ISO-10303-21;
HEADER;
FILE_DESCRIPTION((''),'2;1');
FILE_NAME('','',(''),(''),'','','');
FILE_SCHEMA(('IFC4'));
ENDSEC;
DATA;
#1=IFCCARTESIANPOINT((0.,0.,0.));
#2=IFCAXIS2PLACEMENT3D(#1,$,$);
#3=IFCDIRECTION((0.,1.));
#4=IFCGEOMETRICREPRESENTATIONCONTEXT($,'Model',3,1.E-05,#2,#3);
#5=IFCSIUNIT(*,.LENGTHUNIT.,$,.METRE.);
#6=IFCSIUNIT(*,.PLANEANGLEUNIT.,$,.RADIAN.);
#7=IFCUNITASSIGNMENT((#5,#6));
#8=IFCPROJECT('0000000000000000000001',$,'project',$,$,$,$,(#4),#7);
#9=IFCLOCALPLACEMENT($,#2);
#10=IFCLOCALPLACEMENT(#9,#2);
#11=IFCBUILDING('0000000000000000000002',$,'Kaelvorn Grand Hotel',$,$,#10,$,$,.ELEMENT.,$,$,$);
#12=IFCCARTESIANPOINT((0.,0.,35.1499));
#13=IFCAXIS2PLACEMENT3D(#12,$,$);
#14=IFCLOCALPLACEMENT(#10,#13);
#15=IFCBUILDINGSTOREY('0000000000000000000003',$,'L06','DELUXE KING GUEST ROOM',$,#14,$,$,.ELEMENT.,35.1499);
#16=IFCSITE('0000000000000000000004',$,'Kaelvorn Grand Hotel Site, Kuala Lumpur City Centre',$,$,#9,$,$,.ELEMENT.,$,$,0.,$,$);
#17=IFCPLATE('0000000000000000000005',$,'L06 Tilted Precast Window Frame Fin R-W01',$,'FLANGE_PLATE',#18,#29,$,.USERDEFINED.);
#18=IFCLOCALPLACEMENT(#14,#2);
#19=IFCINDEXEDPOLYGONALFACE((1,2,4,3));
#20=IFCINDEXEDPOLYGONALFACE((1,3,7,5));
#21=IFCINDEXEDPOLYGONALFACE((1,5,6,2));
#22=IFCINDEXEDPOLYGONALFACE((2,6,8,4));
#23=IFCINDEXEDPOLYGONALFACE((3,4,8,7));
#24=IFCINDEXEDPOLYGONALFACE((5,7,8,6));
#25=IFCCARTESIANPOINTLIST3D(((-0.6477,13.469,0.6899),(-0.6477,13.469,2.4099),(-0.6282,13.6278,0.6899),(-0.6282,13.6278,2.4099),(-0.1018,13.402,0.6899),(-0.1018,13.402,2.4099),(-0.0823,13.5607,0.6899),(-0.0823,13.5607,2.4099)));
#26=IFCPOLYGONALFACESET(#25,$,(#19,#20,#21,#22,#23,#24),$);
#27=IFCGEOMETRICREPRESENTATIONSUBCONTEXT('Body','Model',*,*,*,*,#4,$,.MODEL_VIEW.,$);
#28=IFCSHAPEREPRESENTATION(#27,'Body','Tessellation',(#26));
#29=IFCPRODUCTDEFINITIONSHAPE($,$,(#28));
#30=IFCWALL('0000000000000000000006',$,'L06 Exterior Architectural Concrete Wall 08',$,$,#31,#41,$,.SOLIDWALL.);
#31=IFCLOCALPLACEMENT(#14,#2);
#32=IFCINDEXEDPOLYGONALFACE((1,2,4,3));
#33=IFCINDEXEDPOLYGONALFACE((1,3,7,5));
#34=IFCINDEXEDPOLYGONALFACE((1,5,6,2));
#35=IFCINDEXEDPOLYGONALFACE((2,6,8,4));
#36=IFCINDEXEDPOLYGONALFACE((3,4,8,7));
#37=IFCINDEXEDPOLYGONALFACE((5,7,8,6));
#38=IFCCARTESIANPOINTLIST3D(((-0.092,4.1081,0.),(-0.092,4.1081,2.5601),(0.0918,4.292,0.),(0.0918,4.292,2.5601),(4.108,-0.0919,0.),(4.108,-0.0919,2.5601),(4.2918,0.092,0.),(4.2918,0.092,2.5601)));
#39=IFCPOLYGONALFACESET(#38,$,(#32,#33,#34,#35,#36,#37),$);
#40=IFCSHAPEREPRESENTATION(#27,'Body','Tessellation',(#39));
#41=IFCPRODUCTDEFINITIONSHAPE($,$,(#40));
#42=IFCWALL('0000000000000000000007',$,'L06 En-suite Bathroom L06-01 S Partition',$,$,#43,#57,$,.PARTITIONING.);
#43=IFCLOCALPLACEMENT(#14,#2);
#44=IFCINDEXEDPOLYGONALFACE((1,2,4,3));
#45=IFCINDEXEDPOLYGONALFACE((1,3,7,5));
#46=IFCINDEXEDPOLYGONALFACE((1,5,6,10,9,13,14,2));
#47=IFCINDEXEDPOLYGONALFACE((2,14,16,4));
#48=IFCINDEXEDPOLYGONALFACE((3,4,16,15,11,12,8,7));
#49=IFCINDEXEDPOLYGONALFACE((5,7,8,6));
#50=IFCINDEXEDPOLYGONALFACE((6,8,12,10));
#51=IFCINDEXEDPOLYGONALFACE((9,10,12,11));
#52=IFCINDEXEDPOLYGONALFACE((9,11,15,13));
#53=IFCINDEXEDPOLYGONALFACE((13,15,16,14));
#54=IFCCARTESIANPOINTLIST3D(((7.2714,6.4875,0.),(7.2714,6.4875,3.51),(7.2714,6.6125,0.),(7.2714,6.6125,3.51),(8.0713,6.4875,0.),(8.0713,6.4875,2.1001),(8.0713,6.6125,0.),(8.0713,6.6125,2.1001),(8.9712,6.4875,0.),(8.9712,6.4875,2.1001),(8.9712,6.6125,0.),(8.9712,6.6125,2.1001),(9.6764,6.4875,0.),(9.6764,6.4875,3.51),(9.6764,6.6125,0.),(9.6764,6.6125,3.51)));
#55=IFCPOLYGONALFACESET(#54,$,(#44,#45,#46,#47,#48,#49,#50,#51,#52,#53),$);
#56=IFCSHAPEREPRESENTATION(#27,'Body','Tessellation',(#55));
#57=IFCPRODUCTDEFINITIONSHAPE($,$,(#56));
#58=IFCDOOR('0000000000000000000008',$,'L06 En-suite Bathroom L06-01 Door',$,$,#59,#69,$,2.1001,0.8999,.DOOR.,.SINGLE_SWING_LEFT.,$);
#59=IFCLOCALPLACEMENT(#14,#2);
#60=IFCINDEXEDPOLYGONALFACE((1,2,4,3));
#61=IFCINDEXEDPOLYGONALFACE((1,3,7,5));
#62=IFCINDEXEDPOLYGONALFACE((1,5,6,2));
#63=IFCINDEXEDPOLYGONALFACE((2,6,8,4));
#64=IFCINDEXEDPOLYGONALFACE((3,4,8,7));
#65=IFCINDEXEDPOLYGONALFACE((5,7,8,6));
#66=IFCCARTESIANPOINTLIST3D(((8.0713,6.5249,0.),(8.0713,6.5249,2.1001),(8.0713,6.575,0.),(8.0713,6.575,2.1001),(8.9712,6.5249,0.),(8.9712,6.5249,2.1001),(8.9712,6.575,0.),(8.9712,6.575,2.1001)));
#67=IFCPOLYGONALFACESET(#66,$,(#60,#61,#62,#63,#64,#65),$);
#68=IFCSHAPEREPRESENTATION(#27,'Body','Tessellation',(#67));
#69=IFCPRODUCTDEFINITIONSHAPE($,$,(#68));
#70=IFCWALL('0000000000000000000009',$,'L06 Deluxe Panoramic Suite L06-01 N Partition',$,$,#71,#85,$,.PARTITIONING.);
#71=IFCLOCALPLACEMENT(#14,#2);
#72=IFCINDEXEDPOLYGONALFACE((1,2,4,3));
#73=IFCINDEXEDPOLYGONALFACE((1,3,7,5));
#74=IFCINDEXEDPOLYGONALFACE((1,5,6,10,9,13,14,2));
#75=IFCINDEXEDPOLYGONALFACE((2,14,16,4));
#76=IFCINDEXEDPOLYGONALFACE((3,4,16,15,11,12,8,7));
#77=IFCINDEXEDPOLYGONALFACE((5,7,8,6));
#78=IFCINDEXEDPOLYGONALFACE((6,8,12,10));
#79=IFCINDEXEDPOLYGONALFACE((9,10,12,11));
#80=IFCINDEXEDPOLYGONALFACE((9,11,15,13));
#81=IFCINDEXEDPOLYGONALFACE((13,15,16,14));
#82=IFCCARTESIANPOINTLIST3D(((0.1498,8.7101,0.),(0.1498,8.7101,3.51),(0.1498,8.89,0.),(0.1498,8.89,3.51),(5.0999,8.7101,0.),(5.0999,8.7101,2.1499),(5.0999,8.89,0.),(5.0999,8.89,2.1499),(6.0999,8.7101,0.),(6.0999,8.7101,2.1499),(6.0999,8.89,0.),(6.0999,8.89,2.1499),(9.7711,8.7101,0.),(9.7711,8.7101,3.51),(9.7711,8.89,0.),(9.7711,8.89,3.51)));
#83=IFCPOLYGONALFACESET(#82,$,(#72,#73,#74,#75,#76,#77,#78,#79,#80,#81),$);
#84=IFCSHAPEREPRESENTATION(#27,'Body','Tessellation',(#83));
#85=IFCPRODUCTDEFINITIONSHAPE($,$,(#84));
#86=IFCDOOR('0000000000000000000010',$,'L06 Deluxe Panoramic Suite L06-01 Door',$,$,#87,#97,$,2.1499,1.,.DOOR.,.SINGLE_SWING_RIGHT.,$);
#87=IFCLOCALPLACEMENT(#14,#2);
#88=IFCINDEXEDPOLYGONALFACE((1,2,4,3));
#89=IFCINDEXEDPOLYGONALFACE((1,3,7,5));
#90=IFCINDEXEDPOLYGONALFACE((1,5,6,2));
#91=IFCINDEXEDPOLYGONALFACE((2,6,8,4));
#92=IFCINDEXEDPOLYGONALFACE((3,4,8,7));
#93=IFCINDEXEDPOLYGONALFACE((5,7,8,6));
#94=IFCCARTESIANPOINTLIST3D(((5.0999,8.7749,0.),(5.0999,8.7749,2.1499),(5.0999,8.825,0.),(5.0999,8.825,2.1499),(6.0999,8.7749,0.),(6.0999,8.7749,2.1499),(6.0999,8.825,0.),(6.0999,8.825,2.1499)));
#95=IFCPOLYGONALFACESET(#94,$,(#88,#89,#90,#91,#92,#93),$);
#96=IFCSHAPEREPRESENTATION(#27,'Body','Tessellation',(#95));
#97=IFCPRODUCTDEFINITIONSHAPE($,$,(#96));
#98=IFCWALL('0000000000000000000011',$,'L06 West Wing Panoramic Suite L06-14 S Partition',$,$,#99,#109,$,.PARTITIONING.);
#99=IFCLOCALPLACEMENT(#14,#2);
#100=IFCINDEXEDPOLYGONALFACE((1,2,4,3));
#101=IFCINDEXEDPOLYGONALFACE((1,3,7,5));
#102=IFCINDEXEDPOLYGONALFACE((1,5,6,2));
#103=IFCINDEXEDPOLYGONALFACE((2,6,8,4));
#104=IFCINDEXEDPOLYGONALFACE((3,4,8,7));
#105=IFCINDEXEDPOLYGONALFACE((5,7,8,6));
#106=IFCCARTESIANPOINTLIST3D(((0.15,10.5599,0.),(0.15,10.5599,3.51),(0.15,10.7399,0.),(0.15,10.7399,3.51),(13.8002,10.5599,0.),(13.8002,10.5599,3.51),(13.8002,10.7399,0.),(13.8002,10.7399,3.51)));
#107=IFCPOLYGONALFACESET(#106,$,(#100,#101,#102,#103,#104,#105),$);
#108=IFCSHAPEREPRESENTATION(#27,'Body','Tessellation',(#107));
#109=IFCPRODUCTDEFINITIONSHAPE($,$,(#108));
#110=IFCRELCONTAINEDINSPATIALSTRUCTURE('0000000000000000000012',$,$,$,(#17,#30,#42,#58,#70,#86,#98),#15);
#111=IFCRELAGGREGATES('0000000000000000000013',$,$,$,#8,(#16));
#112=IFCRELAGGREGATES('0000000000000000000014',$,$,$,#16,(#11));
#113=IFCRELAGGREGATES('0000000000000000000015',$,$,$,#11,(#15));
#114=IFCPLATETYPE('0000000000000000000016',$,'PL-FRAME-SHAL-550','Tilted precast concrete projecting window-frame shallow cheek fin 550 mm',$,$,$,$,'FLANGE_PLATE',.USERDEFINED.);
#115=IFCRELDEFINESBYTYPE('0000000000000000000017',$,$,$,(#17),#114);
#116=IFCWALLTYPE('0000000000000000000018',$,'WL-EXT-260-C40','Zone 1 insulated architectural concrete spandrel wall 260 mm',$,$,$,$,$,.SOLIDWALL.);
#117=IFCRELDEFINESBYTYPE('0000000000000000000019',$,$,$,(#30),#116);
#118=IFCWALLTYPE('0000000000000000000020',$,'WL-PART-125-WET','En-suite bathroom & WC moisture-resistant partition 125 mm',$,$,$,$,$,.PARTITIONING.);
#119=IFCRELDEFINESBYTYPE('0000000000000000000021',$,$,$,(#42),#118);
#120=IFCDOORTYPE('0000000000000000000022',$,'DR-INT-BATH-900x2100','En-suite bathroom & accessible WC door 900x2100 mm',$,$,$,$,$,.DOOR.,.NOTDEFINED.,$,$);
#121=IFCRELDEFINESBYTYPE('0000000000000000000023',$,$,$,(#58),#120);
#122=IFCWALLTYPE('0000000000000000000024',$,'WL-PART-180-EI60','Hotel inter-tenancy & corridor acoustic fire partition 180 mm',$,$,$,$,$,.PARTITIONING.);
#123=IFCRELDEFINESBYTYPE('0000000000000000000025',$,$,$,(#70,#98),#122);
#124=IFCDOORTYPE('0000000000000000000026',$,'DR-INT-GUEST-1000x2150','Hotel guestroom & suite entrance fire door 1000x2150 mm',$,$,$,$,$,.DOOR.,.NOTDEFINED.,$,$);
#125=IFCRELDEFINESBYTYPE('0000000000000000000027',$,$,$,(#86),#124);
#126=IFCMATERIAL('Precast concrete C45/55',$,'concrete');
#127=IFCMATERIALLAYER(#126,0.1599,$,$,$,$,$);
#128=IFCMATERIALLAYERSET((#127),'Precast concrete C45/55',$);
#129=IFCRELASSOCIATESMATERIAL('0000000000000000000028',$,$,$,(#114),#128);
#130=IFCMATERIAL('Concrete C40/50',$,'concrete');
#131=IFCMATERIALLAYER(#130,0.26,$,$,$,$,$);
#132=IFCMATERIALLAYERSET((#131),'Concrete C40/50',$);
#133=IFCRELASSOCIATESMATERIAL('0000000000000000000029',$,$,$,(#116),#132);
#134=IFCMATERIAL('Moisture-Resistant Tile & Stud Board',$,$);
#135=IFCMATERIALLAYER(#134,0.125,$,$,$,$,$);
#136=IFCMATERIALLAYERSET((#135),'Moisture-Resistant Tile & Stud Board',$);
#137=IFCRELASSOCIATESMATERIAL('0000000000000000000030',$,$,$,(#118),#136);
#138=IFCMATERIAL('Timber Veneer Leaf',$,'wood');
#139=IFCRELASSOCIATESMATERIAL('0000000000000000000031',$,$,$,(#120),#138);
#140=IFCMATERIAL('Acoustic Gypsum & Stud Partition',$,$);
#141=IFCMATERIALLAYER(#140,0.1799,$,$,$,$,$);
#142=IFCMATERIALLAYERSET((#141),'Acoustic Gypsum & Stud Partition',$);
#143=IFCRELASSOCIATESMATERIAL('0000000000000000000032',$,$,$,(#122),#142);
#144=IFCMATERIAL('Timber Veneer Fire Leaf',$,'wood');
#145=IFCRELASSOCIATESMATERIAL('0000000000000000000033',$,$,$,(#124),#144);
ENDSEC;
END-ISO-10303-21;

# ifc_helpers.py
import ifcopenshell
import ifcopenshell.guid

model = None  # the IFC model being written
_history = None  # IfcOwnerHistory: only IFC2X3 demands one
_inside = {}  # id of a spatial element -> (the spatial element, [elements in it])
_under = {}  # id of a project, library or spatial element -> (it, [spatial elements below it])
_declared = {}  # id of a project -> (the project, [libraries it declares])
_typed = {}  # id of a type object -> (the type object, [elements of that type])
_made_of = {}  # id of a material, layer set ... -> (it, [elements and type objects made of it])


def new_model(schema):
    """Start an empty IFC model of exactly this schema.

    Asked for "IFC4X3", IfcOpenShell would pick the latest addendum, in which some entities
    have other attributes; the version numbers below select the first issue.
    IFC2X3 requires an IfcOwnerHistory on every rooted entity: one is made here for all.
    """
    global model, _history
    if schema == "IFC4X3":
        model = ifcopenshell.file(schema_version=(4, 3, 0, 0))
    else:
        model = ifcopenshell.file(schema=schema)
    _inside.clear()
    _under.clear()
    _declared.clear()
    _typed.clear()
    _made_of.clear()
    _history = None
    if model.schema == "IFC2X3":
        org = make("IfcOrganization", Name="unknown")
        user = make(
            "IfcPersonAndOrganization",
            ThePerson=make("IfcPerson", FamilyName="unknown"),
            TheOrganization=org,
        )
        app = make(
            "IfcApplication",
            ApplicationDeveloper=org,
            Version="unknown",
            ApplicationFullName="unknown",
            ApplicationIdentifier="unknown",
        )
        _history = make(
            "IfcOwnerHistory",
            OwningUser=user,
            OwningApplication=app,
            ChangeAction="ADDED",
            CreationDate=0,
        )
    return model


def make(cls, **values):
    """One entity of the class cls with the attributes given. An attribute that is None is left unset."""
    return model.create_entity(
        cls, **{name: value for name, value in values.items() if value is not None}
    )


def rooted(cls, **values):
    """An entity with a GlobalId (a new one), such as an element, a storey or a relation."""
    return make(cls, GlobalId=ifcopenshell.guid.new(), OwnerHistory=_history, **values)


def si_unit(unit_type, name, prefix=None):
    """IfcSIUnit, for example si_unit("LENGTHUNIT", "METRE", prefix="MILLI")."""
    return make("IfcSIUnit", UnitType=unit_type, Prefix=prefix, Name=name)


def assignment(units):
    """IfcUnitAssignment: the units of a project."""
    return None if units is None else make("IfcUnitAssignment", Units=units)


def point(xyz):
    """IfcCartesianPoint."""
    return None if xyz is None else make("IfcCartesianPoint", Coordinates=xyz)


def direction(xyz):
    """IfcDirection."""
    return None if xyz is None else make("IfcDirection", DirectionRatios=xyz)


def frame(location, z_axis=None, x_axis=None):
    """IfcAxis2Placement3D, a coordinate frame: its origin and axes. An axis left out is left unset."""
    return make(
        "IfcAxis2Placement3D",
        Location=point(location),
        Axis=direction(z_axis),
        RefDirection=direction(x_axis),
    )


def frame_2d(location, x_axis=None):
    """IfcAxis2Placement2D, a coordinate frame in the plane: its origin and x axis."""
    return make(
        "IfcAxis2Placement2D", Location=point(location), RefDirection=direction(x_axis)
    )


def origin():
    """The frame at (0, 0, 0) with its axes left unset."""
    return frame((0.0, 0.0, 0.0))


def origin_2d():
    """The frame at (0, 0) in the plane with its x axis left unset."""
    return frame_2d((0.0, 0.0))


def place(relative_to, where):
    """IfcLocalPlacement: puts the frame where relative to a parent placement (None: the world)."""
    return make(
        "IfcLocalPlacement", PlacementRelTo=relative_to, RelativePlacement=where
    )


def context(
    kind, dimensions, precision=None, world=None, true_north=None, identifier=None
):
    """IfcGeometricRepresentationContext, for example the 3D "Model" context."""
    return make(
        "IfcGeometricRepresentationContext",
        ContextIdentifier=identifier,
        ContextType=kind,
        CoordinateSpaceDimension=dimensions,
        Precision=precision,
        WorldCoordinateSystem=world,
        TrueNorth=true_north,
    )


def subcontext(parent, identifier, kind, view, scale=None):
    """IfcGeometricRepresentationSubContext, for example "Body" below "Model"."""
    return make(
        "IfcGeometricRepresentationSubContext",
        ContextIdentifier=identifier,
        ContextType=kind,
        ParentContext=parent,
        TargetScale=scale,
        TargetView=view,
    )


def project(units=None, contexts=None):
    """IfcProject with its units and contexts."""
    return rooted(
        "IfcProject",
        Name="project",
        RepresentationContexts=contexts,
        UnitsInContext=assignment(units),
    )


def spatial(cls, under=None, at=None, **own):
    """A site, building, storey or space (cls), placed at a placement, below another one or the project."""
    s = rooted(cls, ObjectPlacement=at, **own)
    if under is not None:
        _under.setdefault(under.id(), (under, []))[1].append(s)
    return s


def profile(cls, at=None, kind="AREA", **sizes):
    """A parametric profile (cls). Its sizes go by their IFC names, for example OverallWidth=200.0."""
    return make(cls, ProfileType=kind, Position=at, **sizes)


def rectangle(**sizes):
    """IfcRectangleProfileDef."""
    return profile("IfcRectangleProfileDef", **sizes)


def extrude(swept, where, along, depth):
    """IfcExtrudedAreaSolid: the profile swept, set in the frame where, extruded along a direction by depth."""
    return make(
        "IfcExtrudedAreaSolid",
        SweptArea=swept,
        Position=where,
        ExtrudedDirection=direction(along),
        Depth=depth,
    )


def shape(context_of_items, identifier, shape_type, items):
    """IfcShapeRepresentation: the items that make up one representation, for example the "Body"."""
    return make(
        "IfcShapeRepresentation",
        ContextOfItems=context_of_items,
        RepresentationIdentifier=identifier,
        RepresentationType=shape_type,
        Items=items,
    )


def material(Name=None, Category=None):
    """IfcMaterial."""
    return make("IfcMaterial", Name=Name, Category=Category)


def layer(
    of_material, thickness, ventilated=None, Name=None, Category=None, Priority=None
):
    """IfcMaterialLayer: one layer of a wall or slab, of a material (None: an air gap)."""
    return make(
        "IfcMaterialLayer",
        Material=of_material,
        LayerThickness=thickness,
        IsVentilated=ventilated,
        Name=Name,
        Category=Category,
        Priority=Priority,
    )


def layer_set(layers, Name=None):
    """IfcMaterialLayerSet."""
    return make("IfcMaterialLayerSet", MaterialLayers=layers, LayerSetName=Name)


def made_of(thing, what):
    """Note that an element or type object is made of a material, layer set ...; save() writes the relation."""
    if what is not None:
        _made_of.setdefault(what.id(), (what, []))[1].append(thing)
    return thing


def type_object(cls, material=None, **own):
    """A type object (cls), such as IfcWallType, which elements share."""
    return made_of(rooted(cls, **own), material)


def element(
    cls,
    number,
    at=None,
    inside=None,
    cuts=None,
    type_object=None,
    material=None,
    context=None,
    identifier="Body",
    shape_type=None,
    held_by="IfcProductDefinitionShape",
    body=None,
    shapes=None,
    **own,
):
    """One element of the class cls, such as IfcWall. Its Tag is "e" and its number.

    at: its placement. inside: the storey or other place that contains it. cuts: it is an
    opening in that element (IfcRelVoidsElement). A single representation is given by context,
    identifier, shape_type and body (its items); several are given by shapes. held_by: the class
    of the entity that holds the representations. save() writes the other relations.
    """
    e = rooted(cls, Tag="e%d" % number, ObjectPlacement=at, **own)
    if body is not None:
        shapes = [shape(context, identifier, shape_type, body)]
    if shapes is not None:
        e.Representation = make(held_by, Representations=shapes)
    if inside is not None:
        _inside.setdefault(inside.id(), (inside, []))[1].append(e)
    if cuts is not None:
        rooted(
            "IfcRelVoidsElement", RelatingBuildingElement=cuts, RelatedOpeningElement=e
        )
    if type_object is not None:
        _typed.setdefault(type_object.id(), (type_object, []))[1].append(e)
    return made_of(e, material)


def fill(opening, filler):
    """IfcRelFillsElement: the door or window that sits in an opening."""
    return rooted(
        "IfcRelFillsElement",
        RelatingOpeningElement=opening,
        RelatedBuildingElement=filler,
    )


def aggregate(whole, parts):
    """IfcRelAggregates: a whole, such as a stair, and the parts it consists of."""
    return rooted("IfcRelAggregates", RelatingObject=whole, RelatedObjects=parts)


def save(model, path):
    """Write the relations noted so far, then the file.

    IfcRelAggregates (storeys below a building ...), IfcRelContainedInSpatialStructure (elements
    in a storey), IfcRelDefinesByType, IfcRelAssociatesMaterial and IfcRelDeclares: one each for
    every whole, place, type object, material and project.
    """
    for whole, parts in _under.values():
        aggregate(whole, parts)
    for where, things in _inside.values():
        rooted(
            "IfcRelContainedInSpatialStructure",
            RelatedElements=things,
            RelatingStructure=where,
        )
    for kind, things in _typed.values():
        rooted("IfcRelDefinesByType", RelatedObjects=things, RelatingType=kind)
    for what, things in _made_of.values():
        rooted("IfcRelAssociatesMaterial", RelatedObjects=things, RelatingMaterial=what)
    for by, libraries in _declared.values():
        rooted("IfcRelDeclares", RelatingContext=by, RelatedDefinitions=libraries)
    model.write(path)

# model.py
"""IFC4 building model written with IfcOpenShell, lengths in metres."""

from ifc_helpers import new_model, si_unit, direction, frame, frame_2d, origin, origin_2d, place, context, subcontext, project, spatial, rectangle, extrude, material, layer, layer_set, type_object, element, fill, save


model = new_model("IFC4")

# Units and contexts
model_context = context("Model", 3, precision=1e-05, world=origin(), true_north=direction((0.0, 1.0)))
body_context = subcontext(model_context, "Body", "Model", "MODEL_VIEW")
ifc_project = project(units=[si_unit("LENGTHUNIT", "METRE"), si_unit("PLANEANGLEUNIT", "RADIAN")], contexts=[model_context])

# Site, building, storey
site_placement = place(None, origin())
site = spatial("IfcSite", under=ifc_project, at=site_placement, Name="Kaelvorn Grand Hotel Site, Kuala Lumpur City Centre", CompositionType="ELEMENT", RefElevation=0.0)
building_placement = place(site_placement, origin())
building = spatial("IfcBuilding", under=site, at=building_placement, Name="Kaelvorn Grand Hotel", CompositionType="ELEMENT")
storey_placement = place(building_placement, frame((0.0, 0.0, 35.1499)))
storey = spatial("IfcBuildingStorey", under=building, at=storey_placement, Name="L06", Description="DELUXE KING GUEST ROOM", CompositionType="ELEMENT", Elevation=35.1499)

# Plate
ifc_material_1 = material(Name="Precast concrete C45/55", Category="concrete")
ifc_layer_1 = layer(ifc_material_1, 0.1599)
ifc_layer_set_1 = layer_set([ifc_layer_1], Name="Precast concrete C45/55")
plate_type_1 = type_object("IfcPlateType", Name="PL-FRAME-SHAL-550", Description="Tilted precast concrete projecting window-frame shallow cheek fin 550 mm", ElementType="FLANGE_PLATE", PredefinedType="USERDEFINED", material=ifc_layer_set_1)
plate_1_placement = place(storey_placement, frame((-0.365, 13.5149, 0.6899), z_axis=(0.0, 0.0, 1.0), x_axis=(0.121869, 0.992546, 0.0)))
element("IfcPlate", 1, at=plate_1_placement, inside=storey, type_object=plate_type_1, Name="L06 Tilted Precast Window Frame Fin R-W01", ObjectType="FLANGE_PLATE", PredefinedType="USERDEFINED", context=body_context, shape_type="SweptSolid", body=[
    extrude(rectangle(XDim=0.1599, YDim=0.55, at=origin_2d()), origin(), (0.0, 0.0, 1.0), 1.72),
])

# Wall
ifc_material_2 = material(Name="Concrete C40/50", Category="concrete")
ifc_layer_2 = layer(ifc_material_2, 0.26)
ifc_layer_set_2 = layer_set([ifc_layer_2], Name="Concrete C40/50")
wall_type_1 = type_object("IfcWallType", Name="WL-EXT-260-C40", Description="Zone 1 insulated architectural concrete spandrel wall 260 mm", PredefinedType="SOLIDWALL", material=ifc_layer_set_2)
wall_1_placement = place(storey_placement, frame((0.0, 4.2, 0.0), z_axis=(0.0, 0.0, 1.0), x_axis=(0.707107, -0.707107, 0.0)))
element("IfcWall", 2, at=wall_1_placement, inside=storey, type_object=wall_type_1, Name="L06 Exterior Architectural Concrete Wall 08", PredefinedType="SOLIDWALL", context=body_context, shape_type="SweptSolid", body=[
    extrude(rectangle(XDim=5.9397, YDim=0.26, at=frame_2d((2.9697, 0.0))), origin(), (0.0, 0.0, 1.0), 2.5601),
])

# Walls, openings, doors
ifc_material_3 = material(Name="Moisture-Resistant Tile & Stud Board")
ifc_layer_3 = layer(ifc_material_3, 0.125)
ifc_layer_set_3 = layer_set([ifc_layer_3], Name="Moisture-Resistant Tile & Stud Board")
wall_type_2 = type_object("IfcWallType", Name="WL-PART-125-WET", Description="En-suite bathroom & WC moisture-resistant partition 125 mm", PredefinedType="PARTITIONING", material=ifc_layer_set_3)
wall_2_placement = place(storey_placement, frame((7.2712, 6.55, 0.0), z_axis=(0.0, 0.0, 1.0), x_axis=(1.0, 0.0, 0.0)))
wall_2 = element("IfcWall", 3, at=wall_2_placement, inside=storey, type_object=wall_type_2, Name="L06 En-suite Bathroom L06-01 S Partition", PredefinedType="PARTITIONING", context=body_context, shape_type="SweptSolid", body=[
    extrude(rectangle(XDim=2.405, YDim=0.125, at=frame_2d((1.2026, 0.0))), origin(), (0.0, 0.0, 1.0), 3.51),
])
opening_1_placement = place(wall_2_placement, frame((0.8, 0.0, 0.0)))
opening_1 = element("IfcOpeningElement", 4, at=opening_1_placement, cuts=wall_2, PredefinedType="OPENING", context=body_context, shape_type="SweptSolid", body=[
    extrude(rectangle(XDim=0.8999, YDim=2.1001, at=frame_2d((0.45, 1.05))), frame((0.0, 0.0725, 0.0), z_axis=(0.0, -1.0, 0.0), x_axis=(1.0, 0.0, 0.0)), (0.0, 0.0, 1.0), 0.145),
])
ifc_material_4 = material(Name="Timber Veneer Leaf", Category="wood")
door_type_1 = type_object("IfcDoorType", Name="DR-INT-BATH-900x2100", Description="En-suite bathroom & accessible WC door 900x2100 mm", OperationType="NOTDEFINED", PredefinedType="DOOR", material=ifc_material_4)
door_1_placement = place(opening_1_placement, origin())
door_1 = element("IfcDoor", 5, at=door_1_placement, inside=storey, type_object=door_type_1, Name="L06 En-suite Bathroom L06-01 Door", OperationType="SINGLE_SWING_LEFT", OverallHeight=2.1001, OverallWidth=0.8999, PredefinedType="DOOR", context=body_context, shape_type="SweptSolid", body=[
    extrude(rectangle(XDim=0.8999, YDim=2.1001, at=frame_2d((0.45, 1.05))), frame((0.0, 0.0249, 0.0), z_axis=(0.0, -1.0, 0.0), x_axis=(1.0, 0.0, 0.0)), (0.0, 0.0, 1.0), 0.05),
])
fill(opening_1, door_1)
ifc_material_5 = material(Name="Acoustic Gypsum & Stud Partition")
ifc_layer_4 = layer(ifc_material_5, 0.1799)
ifc_layer_set_4 = layer_set([ifc_layer_4], Name="Acoustic Gypsum & Stud Partition")
wall_type_3 = type_object("IfcWallType", Name="WL-PART-180-EI60", Description="Hotel inter-tenancy & corridor acoustic fire partition 180 mm", PredefinedType="PARTITIONING", material=ifc_layer_set_4)
wall_3_placement = place(storey_placement, frame((0.1499, 8.8, 0.0), z_axis=(0.0, 0.0, 1.0), x_axis=(1.0, 0.0, 0.0)))
wall_3 = element("IfcWall", 6, at=wall_3_placement, inside=storey, type_object=wall_type_3, Name="L06 Deluxe Panoramic Suite L06-01 N Partition", PredefinedType="PARTITIONING", context=body_context, shape_type="SweptSolid", body=[
    extrude(rectangle(XDim=9.6213, YDim=0.1799, at=frame_2d((4.8105, 0.0))), origin(), (0.0, 0.0, 1.0), 3.51),
])
opening_2_placement = place(wall_3_placement, frame((4.95, 0.0, 0.0)))
opening_2 = element("IfcOpeningElement", 7, at=opening_2_placement, cuts=wall_3, PredefinedType="OPENING", context=body_context, shape_type="SweptSolid", body=[
    extrude(rectangle(XDim=1.0, YDim=2.1499, at=frame_2d((0.5, 1.075))), frame((0.0, 0.1001, 0.0), z_axis=(0.0, -1.0, 0.0), x_axis=(1.0, 0.0, 0.0)), (0.0, 0.0, 1.0), 0.2),
])
ifc_material_6 = material(Name="Timber Veneer Fire Leaf", Category="wood")
door_type_2 = type_object("IfcDoorType", Name="DR-INT-GUEST-1000x2150", Description="Hotel guestroom & suite entrance fire door 1000x2150 mm", OperationType="NOTDEFINED", PredefinedType="DOOR", material=ifc_material_6)
door_2_placement = place(opening_2_placement, origin())
door_2 = element("IfcDoor", 8, at=door_2_placement, inside=storey, type_object=door_type_2, Name="L06 Deluxe Panoramic Suite L06-01 Door", OperationType="SINGLE_SWING_RIGHT", OverallHeight=2.1499, OverallWidth=1.0, PredefinedType="DOOR", context=body_context, shape_type="SweptSolid", body=[
    extrude(rectangle(XDim=1.0, YDim=2.1499, at=frame_2d((0.5, 1.075))), frame((0.0, 0.0249, 0.0), z_axis=(0.0, -1.0, 0.0), x_axis=(1.0, 0.0, 0.0)), (0.0, 0.0, 1.0), 0.05),
])
fill(opening_2, door_2)

# Wall
wall_4_placement = place(storey_placement, frame((0.1499, 10.6499, 0.0), z_axis=(0.0, 0.0, 1.0), x_axis=(1.0, 0.0, 0.0)))
element("IfcWall", 9, at=wall_4_placement, inside=storey, type_object=wall_type_3, Name="L06 West Wing Panoramic Suite L06-14 S Partition", PredefinedType="PARTITIONING", context=body_context, shape_type="SweptSolid", body=[
    extrude(rectangle(XDim=13.6501, YDim=0.1799, at=frame_2d((6.8252, 0.0))), origin(), (0.0, 0.0, 1.0), 3.51),
])

save(model, "model.ifc")
